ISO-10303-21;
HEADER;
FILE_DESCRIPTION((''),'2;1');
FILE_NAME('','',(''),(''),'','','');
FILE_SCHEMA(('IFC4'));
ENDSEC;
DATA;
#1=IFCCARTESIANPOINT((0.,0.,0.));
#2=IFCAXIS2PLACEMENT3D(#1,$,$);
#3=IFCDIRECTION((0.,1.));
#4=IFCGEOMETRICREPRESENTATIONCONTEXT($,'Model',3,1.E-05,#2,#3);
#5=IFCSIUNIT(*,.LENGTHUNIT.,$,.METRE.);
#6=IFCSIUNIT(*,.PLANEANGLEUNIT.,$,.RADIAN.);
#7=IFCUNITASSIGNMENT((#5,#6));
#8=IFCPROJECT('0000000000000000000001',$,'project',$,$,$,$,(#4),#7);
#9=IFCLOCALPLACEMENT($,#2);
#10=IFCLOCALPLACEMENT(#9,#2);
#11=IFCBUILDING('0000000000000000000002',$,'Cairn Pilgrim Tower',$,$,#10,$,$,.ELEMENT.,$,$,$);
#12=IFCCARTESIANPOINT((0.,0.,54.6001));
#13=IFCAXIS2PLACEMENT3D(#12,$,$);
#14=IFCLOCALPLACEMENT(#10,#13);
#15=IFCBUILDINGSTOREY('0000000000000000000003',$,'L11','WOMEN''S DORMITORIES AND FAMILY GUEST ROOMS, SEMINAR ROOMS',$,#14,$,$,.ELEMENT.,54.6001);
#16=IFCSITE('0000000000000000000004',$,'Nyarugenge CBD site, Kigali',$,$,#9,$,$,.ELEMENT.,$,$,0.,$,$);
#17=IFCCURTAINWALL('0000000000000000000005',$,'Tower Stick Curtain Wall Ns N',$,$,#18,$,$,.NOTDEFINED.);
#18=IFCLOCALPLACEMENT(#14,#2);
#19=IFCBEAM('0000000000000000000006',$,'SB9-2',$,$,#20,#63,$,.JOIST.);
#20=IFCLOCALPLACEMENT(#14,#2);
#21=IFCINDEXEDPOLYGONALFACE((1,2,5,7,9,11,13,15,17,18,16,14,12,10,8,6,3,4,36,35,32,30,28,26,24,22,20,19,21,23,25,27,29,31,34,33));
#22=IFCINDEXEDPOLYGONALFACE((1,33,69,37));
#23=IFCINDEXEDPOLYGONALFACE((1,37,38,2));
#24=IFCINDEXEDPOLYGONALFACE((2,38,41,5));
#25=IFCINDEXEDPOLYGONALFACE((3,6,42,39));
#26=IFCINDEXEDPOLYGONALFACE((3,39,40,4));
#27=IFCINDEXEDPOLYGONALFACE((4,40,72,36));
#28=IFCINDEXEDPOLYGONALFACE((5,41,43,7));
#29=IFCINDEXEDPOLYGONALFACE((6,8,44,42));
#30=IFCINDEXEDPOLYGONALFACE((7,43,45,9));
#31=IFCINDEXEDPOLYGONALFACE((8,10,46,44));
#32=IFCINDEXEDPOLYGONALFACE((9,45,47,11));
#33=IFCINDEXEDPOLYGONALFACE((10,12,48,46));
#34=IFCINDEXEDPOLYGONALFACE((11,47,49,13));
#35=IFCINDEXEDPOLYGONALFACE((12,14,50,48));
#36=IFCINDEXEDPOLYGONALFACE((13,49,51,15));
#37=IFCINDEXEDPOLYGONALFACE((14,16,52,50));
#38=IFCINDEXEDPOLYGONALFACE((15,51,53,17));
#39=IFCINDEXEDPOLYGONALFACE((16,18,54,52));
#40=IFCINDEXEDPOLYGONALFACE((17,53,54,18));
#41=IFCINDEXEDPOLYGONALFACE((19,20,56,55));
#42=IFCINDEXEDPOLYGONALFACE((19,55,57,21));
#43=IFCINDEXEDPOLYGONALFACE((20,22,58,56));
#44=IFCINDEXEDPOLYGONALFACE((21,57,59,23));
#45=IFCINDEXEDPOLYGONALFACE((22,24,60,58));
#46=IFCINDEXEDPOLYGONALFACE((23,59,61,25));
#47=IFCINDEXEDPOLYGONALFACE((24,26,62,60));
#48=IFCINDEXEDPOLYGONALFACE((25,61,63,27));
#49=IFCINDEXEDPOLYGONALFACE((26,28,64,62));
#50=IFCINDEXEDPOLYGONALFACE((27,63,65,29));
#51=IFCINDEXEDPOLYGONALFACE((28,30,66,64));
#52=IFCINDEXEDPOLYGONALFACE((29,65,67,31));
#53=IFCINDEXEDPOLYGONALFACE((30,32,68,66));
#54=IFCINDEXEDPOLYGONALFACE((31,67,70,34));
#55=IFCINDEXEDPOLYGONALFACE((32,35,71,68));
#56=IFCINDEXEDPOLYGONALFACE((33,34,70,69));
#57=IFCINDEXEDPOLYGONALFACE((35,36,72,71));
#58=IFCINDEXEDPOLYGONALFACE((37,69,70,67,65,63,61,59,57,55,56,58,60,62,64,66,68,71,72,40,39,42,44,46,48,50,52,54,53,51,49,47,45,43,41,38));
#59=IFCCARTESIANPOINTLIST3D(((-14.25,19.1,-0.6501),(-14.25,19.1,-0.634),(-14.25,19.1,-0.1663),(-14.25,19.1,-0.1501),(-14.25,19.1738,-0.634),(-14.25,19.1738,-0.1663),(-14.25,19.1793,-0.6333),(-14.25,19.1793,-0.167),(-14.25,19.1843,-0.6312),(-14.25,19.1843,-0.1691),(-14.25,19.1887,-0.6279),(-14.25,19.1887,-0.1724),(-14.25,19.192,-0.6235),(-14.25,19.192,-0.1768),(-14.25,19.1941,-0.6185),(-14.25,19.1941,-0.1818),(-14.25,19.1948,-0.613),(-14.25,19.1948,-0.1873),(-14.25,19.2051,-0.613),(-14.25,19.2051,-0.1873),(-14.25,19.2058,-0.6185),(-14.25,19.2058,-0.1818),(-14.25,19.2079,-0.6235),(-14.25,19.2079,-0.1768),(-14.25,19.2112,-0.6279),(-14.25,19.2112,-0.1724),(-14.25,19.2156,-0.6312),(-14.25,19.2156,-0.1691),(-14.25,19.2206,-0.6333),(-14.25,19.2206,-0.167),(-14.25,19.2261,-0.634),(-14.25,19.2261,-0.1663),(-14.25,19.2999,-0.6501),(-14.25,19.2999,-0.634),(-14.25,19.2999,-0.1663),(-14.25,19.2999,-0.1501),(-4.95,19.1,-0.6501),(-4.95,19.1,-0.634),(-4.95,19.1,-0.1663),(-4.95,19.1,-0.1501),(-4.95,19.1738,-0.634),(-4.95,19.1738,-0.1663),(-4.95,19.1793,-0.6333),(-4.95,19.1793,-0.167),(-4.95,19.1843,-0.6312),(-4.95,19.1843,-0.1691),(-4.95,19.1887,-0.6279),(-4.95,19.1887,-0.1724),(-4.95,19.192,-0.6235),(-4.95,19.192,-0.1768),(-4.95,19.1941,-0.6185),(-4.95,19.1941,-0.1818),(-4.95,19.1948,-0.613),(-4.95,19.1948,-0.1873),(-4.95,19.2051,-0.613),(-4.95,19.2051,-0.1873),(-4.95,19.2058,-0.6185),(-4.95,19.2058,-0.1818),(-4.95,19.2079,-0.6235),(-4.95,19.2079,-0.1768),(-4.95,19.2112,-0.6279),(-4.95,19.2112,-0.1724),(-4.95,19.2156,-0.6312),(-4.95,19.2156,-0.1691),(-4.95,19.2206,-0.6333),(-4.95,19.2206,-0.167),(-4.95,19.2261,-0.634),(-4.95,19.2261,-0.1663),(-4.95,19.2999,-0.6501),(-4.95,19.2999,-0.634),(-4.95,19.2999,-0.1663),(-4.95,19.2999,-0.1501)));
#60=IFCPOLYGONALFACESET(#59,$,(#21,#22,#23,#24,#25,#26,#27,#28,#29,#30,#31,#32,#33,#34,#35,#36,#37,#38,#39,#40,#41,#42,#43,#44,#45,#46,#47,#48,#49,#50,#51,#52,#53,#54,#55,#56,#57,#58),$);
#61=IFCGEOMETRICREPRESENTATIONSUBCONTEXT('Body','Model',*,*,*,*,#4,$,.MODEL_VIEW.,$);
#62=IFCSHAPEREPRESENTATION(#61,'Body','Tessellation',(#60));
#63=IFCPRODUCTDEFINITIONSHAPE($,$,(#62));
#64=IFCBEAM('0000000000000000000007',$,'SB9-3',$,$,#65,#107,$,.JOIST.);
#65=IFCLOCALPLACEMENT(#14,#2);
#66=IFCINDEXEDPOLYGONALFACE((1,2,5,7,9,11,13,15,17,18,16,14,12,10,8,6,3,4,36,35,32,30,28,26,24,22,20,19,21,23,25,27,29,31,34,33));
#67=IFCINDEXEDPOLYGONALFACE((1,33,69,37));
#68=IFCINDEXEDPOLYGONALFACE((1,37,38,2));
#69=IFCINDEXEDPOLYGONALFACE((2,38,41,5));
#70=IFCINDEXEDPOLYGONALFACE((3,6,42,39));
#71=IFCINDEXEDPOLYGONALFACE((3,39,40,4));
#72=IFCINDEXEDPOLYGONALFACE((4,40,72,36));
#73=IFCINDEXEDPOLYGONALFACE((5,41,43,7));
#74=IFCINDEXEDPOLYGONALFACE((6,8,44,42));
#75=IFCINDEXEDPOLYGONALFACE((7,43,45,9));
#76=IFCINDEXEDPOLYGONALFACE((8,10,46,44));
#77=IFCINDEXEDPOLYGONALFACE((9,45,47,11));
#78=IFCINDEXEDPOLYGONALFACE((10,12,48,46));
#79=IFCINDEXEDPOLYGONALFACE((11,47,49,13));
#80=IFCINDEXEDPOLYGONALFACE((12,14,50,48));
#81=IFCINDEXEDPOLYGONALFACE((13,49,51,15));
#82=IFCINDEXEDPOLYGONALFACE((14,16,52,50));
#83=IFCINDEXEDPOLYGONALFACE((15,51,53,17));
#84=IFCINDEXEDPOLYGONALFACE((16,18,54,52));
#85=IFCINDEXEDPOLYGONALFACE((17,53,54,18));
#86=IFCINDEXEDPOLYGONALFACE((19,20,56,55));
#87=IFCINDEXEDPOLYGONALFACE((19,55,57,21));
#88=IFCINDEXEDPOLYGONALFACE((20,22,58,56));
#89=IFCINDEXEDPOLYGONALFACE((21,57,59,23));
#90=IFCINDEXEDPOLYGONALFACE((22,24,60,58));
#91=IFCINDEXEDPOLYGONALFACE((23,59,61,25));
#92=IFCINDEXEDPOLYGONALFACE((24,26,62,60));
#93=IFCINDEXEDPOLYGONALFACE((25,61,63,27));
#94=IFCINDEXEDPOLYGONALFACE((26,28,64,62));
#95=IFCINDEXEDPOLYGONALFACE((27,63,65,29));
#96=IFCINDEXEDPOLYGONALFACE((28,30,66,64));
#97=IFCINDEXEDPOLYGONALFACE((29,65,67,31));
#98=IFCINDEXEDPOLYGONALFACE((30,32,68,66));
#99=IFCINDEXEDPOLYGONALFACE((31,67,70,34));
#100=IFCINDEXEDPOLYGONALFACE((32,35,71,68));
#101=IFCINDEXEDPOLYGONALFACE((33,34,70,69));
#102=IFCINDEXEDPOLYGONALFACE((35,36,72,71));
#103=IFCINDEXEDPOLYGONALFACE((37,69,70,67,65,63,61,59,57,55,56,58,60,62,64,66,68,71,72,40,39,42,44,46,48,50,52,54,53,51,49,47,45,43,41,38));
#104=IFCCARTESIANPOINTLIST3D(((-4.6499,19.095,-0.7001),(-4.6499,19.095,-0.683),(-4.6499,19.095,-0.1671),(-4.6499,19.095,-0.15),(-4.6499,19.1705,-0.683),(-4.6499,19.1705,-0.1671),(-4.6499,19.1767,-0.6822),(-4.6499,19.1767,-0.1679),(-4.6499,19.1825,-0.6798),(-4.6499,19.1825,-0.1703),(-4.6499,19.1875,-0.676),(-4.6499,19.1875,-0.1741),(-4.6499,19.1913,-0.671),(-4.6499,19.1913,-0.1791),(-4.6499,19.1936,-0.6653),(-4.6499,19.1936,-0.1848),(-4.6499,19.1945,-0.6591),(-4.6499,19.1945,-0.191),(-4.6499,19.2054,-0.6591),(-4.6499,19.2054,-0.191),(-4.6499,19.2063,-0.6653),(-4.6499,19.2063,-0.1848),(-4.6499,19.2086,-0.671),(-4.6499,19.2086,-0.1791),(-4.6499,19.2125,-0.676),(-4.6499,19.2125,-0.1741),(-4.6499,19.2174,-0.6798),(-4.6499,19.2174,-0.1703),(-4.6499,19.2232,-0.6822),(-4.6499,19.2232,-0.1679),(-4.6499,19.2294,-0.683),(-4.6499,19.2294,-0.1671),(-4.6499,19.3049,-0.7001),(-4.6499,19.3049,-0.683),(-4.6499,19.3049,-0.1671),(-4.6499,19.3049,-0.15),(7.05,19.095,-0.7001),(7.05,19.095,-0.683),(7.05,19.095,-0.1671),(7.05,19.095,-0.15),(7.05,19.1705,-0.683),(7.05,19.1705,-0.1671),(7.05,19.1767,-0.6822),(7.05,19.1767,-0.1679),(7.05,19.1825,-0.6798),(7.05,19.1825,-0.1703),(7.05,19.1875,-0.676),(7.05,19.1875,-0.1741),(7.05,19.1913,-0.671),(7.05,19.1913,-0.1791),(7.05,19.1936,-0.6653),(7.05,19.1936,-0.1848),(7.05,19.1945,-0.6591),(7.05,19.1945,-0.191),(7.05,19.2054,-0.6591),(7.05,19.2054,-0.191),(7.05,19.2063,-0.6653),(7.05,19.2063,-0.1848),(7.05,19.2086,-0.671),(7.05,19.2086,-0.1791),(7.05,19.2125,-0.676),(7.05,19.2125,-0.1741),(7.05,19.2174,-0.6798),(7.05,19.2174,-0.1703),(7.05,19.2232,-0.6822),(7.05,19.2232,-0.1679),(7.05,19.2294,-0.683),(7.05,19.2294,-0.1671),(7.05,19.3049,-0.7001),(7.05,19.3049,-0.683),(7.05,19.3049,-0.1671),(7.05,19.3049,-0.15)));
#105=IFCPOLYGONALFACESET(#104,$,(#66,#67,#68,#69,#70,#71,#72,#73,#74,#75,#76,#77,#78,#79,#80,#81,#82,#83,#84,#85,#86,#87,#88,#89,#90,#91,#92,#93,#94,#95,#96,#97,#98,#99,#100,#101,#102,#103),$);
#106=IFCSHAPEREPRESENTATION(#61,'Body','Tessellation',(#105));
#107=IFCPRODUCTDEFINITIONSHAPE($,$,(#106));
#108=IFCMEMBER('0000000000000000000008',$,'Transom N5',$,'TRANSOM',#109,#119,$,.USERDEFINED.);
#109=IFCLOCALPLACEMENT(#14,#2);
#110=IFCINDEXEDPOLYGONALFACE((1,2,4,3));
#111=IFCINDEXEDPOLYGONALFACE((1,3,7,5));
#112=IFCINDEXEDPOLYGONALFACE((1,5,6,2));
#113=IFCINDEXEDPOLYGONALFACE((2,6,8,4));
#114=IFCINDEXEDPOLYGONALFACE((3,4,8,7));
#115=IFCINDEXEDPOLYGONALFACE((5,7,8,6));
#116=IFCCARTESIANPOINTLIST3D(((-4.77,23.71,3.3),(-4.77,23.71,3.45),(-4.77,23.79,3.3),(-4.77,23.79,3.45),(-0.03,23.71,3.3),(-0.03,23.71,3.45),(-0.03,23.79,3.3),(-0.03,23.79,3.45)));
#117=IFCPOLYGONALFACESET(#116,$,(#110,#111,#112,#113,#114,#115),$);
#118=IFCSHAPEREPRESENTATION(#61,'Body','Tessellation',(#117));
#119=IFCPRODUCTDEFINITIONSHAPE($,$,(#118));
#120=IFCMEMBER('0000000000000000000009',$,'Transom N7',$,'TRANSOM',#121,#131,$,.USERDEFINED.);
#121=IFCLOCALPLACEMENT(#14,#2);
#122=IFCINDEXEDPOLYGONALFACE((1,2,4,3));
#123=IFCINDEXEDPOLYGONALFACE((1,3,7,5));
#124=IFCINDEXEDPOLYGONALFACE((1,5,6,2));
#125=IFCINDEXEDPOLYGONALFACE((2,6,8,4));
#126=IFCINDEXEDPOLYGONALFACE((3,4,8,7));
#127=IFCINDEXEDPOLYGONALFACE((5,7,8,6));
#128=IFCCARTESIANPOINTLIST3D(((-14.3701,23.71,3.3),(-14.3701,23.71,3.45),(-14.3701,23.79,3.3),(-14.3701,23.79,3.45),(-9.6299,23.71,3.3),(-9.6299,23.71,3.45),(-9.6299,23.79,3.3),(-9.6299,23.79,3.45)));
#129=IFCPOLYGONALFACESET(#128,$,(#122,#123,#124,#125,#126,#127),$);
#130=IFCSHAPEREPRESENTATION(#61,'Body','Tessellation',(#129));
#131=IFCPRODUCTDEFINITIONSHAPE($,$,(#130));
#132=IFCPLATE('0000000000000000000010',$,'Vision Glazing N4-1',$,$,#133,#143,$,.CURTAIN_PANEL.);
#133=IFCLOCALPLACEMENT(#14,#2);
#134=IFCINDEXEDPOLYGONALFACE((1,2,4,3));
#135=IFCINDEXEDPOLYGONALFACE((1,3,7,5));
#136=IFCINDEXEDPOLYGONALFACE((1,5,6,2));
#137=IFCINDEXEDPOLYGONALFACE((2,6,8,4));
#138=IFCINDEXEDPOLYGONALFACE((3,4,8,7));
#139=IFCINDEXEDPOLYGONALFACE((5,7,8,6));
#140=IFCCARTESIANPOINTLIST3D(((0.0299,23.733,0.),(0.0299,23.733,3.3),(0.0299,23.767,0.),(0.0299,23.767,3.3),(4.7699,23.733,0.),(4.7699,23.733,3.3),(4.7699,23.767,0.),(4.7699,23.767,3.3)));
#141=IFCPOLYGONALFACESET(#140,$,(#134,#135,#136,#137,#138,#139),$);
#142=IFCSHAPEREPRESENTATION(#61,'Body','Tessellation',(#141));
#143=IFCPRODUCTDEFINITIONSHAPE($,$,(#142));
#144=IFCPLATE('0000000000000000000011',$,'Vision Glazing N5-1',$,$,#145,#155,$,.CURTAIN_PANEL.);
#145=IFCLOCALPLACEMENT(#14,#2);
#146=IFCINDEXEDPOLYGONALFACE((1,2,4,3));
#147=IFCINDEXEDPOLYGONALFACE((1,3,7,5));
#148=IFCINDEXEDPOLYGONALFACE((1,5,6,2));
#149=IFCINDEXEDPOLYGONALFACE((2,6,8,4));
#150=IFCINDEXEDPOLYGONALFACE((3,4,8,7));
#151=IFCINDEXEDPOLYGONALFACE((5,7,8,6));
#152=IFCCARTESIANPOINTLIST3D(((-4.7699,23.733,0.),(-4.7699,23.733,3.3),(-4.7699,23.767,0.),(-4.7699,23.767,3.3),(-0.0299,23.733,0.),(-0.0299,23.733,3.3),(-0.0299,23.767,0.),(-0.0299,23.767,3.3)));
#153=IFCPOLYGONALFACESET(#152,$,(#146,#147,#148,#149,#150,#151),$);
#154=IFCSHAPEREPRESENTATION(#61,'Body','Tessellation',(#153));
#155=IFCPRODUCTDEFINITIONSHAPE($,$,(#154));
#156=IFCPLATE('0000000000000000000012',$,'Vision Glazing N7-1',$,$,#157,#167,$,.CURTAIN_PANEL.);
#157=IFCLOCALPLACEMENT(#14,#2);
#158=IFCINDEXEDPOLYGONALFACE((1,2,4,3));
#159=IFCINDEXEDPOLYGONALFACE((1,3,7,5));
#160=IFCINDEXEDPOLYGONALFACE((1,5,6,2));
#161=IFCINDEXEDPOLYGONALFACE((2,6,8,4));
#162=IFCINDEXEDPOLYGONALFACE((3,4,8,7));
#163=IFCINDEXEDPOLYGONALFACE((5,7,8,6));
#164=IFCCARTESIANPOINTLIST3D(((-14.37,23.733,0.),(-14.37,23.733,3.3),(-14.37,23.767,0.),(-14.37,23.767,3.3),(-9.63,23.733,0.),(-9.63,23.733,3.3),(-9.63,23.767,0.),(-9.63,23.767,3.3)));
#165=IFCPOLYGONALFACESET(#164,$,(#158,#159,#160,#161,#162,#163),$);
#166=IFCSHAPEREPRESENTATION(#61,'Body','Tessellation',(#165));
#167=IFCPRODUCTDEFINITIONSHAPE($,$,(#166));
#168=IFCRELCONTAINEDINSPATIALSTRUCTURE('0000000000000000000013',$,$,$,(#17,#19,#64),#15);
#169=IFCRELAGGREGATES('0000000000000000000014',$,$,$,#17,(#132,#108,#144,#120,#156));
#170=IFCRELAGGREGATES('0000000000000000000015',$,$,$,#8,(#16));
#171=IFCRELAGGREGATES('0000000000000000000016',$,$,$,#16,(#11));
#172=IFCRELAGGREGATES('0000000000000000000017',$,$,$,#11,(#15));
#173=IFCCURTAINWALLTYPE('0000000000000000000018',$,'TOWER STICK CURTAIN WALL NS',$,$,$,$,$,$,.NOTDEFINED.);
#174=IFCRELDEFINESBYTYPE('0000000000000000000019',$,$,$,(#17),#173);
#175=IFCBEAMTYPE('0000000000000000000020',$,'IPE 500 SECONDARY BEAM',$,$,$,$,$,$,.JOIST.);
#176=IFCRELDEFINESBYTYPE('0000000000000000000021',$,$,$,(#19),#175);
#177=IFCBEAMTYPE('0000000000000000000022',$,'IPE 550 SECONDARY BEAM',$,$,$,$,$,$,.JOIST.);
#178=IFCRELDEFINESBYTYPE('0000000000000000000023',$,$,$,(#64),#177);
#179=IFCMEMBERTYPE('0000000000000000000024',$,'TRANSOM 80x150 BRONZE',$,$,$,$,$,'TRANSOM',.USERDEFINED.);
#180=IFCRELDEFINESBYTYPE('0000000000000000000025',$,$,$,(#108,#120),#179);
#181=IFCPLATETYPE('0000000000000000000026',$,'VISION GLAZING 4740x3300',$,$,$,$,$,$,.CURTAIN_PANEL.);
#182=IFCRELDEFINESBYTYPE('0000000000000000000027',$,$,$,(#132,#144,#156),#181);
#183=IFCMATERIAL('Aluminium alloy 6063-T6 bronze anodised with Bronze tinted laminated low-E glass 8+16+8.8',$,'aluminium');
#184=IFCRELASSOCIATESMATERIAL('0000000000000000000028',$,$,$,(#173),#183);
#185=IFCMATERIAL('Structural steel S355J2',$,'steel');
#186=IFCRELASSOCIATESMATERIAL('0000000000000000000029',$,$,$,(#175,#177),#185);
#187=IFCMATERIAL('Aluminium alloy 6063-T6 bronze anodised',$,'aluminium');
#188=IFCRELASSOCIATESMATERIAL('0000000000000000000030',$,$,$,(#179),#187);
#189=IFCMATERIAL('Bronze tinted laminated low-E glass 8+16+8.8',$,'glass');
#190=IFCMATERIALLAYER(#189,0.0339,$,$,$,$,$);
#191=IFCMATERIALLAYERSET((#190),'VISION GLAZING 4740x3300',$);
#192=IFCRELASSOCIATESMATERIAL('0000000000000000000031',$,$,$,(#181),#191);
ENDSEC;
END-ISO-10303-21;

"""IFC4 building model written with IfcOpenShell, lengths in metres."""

from ifc_helpers import new_model, si_unit, direction, frame, origin, origin_2d, place, context, subcontext, project, spatial, rectangle, i_section, extrude, material, layer, layer_set, material_profile, profile_set, type_object, element, aggregate, save


model = new_model("IFC4")

# Units and contexts
model_context = context("Model", 3, precision=1e-05, world=origin(), true_north=direction((0.0, 1.0)))
body_context = subcontext(model_context, "Body", "Model", "MODEL_VIEW")
ifc_project = project(units=[si_unit("LENGTHUNIT", "METRE"), si_unit("PLANEANGLEUNIT", "RADIAN")], contexts=[model_context])

# Site, building, storey
site_placement = place(None, origin())
site = spatial("IfcSite", under=ifc_project, at=site_placement, Name="Nyarugenge CBD site, Kigali", CompositionType="ELEMENT", RefElevation=0.0)
building_placement = place(site_placement, origin())
building = spatial("IfcBuilding", under=site, at=building_placement, Name="Cairn Pilgrim Tower", CompositionType="ELEMENT")
storey_placement = place(building_placement, frame((0.0, 0.0, 54.6001)))
storey = spatial("IfcBuildingStorey", under=building, at=storey_placement, Name="L11", Description="WOMEN'S DORMITORIES AND FAMILY GUEST ROOMS, SEMINAR ROOMS", CompositionType="ELEMENT", Elevation=54.6001)

# Curtain wall
ifc_material_1 = material(Name="Aluminium alloy 6063-T6 bronze anodised with Bronze tinted laminated low-E glass 8+16+8.8", Category="aluminium")
curtain_wall_type = type_object("IfcCurtainWallType", Name="TOWER STICK CURTAIN WALL NS", PredefinedType="NOTDEFINED", material=ifc_material_1)
curtain_wall_placement = place(storey_placement, origin())
curtain_wall = element("IfcCurtainWall", 1, at=curtain_wall_placement, inside=storey, type_object=curtain_wall_type, Name="Tower Stick Curtain Wall Ns N", PredefinedType="NOTDEFINED")
ifc_material_2 = material(Name="Aluminium alloy 6063-T6 bronze anodised", Category="aluminium")

# Beams
ifc_material_3 = material(Name="Structural steel S355J2", Category="steel")
ifc_material_profile_1 = material_profile(ifc_material_3, i_section(OverallWidth=0.2, OverallDepth=0.5, WebThickness=0.0103, FlangeThickness=0.0161, FilletRadius=0.021, at=origin_2d()), Name="IPE 500")
ifc_profile_set_1 = profile_set([ifc_material_profile_1], Name="Structural steel S355J2")
beam_type_1 = type_object("IfcBeamType", Name="IPE 500 SECONDARY BEAM", PredefinedType="JOIST", material=ifc_profile_set_1)
for number, where, z_axis, x_axis, name in (
    (2, (-14.25, 19.2, -0.4001), (1.0, 0.0, 0.0), (0.0, 1.0, 0.0), "SB9-2"),
):
    element("IfcBeam", number, at=place(storey_placement, frame(where, z_axis=z_axis, x_axis=x_axis)), inside=storey, type_object=beam_type_1, Name=name, PredefinedType="JOIST", context=body_context, shape_type="SweptSolid", body=[
        extrude(i_section(OverallWidth=0.2, OverallDepth=0.5, WebThickness=0.0103, FlangeThickness=0.0161, FilletRadius=0.021, at=origin_2d()), origin(), (0.0, 0.0, 1.0), 9.3),
    ])
ifc_material_profile_2 = material_profile(ifc_material_3, i_section(OverallWidth=0.21, OverallDepth=0.55, WebThickness=0.011, FlangeThickness=0.0171, FilletRadius=0.0239, at=origin_2d()), Name="IPE 550")
ifc_profile_set_2 = profile_set([ifc_material_profile_2], Name="Structural steel S355J2")
beam_type_2 = type_object("IfcBeamType", Name="IPE 550 SECONDARY BEAM", PredefinedType="JOIST", material=ifc_profile_set_2)
beam_1_placement = place(storey_placement, frame((-4.6499, 19.2, -0.425), z_axis=(1.0, 0.0, 0.0), x_axis=(0.0, 1.0, 0.0)))
element("IfcBeam", 3, at=beam_1_placement, inside=storey, type_object=beam_type_2, Name="SB9-3", PredefinedType="JOIST", context=body_context, shape_type="SweptSolid", body=[
    extrude(i_section(OverallWidth=0.21, OverallDepth=0.55, WebThickness=0.011, FlangeThickness=0.0171, FilletRadius=0.0239, at=origin_2d()), origin(), (0.0, 0.0, 1.0), 11.7),
])

# Members
ifc_material_profile_3 = material_profile(ifc_material_2, rectangle(XDim=0.0801, YDim=0.1499, at=origin_2d()), Name="TRANSOM 80x150 BRONZE")
ifc_profile_set_3 = profile_set([ifc_material_profile_3], Name="Aluminium alloy 6063-T6 bronze anodised")
member_type_1 = type_object("IfcMemberType", Name="TRANSOM 80x150 BRONZE", ElementType="TRANSOM", PredefinedType="USERDEFINED", material=ifc_profile_set_3)
member_1_placement = place(storey_placement, frame((-0.03, 23.75, 3.375), z_axis=(-1.0, 0.0, 0.0), x_axis=(0.0, -1.0, 0.0)))
member_1 = element("IfcMember", 4, at=member_1_placement, type_object=member_type_1, Name="Transom N5", ObjectType="TRANSOM", PredefinedType="USERDEFINED", context=body_context, shape_type="SweptSolid", body=[
    extrude(rectangle(XDim=0.0801, YDim=0.1499, at=origin_2d()), origin(), (0.0, 0.0, 1.0), 4.74),
])
member_2_placement = place(storey_placement, frame((-9.6299, 23.75, 3.375), z_axis=(-1.0, 0.0, 0.0), x_axis=(0.0, -1.0, 0.0)))
member_2 = element("IfcMember", 5, at=member_2_placement, type_object=member_type_1, Name="Transom N7", ObjectType="TRANSOM", PredefinedType="USERDEFINED", context=body_context, shape_type="SweptSolid", body=[
    extrude(rectangle(XDim=0.0801, YDim=0.1499, at=origin_2d()), origin(), (0.0, 0.0, 1.0), 4.7402),
])

# Plates
ifc_material_4 = material(Name="Bronze tinted laminated low-E glass 8+16+8.8", Category="glass")
ifc_layer_1 = layer(ifc_material_4, 0.0339)
ifc_layer_set_1 = layer_set([ifc_layer_1], Name="VISION GLAZING 4740x3300")
plate_type = type_object("IfcPlateType", Name="VISION GLAZING 4740x3300", PredefinedType="CURTAIN_PANEL", material=ifc_layer_set_1)
plate_1_placement = place(storey_placement, frame((2.3999, 23.75, 0.0), z_axis=(0.0, 0.0, 1.0), x_axis=(-1.0, 0.0, 0.0)))
plate_1 = element("IfcPlate", 6, at=plate_1_placement, type_object=plate_type, Name="Vision Glazing N4-1", PredefinedType="CURTAIN_PANEL", context=body_context, shape_type="SweptSolid", body=[
    extrude(rectangle(XDim=4.74, YDim=0.0339, at=origin_2d()), origin(), (0.0, 0.0, 1.0), 3.3),
])
plate_2_placement = place(storey_placement, frame((-2.3999, 23.75, 0.0), z_axis=(0.0, 0.0, 1.0), x_axis=(-1.0, 0.0, 0.0)))
plate_2 = element("IfcPlate", 7, at=plate_2_placement, type_object=plate_type, Name="Vision Glazing N5-1", PredefinedType="CURTAIN_PANEL", context=body_context, shape_type="SweptSolid", body=[
    extrude(rectangle(XDim=4.74, YDim=0.0339, at=origin_2d()), origin(), (0.0, 0.0, 1.0), 3.3),
])
plate_3_placement = place(storey_placement, frame((-12.0, 23.75, 0.0), z_axis=(0.0, 0.0, 1.0), x_axis=(-1.0, 0.0, 0.0)))
plate_3 = element("IfcPlate", 8, at=plate_3_placement, type_object=plate_type, Name="Vision Glazing N7-1", PredefinedType="CURTAIN_PANEL", context=body_context, shape_type="SweptSolid", body=[
    extrude(rectangle(XDim=4.74, YDim=0.0339, at=origin_2d()), origin(), (0.0, 0.0, 1.0), 3.3),
])
aggregate(curtain_wall, [plate_1, member_1, plate_2, member_2, plate_3])

save(model, "model.ifc")
